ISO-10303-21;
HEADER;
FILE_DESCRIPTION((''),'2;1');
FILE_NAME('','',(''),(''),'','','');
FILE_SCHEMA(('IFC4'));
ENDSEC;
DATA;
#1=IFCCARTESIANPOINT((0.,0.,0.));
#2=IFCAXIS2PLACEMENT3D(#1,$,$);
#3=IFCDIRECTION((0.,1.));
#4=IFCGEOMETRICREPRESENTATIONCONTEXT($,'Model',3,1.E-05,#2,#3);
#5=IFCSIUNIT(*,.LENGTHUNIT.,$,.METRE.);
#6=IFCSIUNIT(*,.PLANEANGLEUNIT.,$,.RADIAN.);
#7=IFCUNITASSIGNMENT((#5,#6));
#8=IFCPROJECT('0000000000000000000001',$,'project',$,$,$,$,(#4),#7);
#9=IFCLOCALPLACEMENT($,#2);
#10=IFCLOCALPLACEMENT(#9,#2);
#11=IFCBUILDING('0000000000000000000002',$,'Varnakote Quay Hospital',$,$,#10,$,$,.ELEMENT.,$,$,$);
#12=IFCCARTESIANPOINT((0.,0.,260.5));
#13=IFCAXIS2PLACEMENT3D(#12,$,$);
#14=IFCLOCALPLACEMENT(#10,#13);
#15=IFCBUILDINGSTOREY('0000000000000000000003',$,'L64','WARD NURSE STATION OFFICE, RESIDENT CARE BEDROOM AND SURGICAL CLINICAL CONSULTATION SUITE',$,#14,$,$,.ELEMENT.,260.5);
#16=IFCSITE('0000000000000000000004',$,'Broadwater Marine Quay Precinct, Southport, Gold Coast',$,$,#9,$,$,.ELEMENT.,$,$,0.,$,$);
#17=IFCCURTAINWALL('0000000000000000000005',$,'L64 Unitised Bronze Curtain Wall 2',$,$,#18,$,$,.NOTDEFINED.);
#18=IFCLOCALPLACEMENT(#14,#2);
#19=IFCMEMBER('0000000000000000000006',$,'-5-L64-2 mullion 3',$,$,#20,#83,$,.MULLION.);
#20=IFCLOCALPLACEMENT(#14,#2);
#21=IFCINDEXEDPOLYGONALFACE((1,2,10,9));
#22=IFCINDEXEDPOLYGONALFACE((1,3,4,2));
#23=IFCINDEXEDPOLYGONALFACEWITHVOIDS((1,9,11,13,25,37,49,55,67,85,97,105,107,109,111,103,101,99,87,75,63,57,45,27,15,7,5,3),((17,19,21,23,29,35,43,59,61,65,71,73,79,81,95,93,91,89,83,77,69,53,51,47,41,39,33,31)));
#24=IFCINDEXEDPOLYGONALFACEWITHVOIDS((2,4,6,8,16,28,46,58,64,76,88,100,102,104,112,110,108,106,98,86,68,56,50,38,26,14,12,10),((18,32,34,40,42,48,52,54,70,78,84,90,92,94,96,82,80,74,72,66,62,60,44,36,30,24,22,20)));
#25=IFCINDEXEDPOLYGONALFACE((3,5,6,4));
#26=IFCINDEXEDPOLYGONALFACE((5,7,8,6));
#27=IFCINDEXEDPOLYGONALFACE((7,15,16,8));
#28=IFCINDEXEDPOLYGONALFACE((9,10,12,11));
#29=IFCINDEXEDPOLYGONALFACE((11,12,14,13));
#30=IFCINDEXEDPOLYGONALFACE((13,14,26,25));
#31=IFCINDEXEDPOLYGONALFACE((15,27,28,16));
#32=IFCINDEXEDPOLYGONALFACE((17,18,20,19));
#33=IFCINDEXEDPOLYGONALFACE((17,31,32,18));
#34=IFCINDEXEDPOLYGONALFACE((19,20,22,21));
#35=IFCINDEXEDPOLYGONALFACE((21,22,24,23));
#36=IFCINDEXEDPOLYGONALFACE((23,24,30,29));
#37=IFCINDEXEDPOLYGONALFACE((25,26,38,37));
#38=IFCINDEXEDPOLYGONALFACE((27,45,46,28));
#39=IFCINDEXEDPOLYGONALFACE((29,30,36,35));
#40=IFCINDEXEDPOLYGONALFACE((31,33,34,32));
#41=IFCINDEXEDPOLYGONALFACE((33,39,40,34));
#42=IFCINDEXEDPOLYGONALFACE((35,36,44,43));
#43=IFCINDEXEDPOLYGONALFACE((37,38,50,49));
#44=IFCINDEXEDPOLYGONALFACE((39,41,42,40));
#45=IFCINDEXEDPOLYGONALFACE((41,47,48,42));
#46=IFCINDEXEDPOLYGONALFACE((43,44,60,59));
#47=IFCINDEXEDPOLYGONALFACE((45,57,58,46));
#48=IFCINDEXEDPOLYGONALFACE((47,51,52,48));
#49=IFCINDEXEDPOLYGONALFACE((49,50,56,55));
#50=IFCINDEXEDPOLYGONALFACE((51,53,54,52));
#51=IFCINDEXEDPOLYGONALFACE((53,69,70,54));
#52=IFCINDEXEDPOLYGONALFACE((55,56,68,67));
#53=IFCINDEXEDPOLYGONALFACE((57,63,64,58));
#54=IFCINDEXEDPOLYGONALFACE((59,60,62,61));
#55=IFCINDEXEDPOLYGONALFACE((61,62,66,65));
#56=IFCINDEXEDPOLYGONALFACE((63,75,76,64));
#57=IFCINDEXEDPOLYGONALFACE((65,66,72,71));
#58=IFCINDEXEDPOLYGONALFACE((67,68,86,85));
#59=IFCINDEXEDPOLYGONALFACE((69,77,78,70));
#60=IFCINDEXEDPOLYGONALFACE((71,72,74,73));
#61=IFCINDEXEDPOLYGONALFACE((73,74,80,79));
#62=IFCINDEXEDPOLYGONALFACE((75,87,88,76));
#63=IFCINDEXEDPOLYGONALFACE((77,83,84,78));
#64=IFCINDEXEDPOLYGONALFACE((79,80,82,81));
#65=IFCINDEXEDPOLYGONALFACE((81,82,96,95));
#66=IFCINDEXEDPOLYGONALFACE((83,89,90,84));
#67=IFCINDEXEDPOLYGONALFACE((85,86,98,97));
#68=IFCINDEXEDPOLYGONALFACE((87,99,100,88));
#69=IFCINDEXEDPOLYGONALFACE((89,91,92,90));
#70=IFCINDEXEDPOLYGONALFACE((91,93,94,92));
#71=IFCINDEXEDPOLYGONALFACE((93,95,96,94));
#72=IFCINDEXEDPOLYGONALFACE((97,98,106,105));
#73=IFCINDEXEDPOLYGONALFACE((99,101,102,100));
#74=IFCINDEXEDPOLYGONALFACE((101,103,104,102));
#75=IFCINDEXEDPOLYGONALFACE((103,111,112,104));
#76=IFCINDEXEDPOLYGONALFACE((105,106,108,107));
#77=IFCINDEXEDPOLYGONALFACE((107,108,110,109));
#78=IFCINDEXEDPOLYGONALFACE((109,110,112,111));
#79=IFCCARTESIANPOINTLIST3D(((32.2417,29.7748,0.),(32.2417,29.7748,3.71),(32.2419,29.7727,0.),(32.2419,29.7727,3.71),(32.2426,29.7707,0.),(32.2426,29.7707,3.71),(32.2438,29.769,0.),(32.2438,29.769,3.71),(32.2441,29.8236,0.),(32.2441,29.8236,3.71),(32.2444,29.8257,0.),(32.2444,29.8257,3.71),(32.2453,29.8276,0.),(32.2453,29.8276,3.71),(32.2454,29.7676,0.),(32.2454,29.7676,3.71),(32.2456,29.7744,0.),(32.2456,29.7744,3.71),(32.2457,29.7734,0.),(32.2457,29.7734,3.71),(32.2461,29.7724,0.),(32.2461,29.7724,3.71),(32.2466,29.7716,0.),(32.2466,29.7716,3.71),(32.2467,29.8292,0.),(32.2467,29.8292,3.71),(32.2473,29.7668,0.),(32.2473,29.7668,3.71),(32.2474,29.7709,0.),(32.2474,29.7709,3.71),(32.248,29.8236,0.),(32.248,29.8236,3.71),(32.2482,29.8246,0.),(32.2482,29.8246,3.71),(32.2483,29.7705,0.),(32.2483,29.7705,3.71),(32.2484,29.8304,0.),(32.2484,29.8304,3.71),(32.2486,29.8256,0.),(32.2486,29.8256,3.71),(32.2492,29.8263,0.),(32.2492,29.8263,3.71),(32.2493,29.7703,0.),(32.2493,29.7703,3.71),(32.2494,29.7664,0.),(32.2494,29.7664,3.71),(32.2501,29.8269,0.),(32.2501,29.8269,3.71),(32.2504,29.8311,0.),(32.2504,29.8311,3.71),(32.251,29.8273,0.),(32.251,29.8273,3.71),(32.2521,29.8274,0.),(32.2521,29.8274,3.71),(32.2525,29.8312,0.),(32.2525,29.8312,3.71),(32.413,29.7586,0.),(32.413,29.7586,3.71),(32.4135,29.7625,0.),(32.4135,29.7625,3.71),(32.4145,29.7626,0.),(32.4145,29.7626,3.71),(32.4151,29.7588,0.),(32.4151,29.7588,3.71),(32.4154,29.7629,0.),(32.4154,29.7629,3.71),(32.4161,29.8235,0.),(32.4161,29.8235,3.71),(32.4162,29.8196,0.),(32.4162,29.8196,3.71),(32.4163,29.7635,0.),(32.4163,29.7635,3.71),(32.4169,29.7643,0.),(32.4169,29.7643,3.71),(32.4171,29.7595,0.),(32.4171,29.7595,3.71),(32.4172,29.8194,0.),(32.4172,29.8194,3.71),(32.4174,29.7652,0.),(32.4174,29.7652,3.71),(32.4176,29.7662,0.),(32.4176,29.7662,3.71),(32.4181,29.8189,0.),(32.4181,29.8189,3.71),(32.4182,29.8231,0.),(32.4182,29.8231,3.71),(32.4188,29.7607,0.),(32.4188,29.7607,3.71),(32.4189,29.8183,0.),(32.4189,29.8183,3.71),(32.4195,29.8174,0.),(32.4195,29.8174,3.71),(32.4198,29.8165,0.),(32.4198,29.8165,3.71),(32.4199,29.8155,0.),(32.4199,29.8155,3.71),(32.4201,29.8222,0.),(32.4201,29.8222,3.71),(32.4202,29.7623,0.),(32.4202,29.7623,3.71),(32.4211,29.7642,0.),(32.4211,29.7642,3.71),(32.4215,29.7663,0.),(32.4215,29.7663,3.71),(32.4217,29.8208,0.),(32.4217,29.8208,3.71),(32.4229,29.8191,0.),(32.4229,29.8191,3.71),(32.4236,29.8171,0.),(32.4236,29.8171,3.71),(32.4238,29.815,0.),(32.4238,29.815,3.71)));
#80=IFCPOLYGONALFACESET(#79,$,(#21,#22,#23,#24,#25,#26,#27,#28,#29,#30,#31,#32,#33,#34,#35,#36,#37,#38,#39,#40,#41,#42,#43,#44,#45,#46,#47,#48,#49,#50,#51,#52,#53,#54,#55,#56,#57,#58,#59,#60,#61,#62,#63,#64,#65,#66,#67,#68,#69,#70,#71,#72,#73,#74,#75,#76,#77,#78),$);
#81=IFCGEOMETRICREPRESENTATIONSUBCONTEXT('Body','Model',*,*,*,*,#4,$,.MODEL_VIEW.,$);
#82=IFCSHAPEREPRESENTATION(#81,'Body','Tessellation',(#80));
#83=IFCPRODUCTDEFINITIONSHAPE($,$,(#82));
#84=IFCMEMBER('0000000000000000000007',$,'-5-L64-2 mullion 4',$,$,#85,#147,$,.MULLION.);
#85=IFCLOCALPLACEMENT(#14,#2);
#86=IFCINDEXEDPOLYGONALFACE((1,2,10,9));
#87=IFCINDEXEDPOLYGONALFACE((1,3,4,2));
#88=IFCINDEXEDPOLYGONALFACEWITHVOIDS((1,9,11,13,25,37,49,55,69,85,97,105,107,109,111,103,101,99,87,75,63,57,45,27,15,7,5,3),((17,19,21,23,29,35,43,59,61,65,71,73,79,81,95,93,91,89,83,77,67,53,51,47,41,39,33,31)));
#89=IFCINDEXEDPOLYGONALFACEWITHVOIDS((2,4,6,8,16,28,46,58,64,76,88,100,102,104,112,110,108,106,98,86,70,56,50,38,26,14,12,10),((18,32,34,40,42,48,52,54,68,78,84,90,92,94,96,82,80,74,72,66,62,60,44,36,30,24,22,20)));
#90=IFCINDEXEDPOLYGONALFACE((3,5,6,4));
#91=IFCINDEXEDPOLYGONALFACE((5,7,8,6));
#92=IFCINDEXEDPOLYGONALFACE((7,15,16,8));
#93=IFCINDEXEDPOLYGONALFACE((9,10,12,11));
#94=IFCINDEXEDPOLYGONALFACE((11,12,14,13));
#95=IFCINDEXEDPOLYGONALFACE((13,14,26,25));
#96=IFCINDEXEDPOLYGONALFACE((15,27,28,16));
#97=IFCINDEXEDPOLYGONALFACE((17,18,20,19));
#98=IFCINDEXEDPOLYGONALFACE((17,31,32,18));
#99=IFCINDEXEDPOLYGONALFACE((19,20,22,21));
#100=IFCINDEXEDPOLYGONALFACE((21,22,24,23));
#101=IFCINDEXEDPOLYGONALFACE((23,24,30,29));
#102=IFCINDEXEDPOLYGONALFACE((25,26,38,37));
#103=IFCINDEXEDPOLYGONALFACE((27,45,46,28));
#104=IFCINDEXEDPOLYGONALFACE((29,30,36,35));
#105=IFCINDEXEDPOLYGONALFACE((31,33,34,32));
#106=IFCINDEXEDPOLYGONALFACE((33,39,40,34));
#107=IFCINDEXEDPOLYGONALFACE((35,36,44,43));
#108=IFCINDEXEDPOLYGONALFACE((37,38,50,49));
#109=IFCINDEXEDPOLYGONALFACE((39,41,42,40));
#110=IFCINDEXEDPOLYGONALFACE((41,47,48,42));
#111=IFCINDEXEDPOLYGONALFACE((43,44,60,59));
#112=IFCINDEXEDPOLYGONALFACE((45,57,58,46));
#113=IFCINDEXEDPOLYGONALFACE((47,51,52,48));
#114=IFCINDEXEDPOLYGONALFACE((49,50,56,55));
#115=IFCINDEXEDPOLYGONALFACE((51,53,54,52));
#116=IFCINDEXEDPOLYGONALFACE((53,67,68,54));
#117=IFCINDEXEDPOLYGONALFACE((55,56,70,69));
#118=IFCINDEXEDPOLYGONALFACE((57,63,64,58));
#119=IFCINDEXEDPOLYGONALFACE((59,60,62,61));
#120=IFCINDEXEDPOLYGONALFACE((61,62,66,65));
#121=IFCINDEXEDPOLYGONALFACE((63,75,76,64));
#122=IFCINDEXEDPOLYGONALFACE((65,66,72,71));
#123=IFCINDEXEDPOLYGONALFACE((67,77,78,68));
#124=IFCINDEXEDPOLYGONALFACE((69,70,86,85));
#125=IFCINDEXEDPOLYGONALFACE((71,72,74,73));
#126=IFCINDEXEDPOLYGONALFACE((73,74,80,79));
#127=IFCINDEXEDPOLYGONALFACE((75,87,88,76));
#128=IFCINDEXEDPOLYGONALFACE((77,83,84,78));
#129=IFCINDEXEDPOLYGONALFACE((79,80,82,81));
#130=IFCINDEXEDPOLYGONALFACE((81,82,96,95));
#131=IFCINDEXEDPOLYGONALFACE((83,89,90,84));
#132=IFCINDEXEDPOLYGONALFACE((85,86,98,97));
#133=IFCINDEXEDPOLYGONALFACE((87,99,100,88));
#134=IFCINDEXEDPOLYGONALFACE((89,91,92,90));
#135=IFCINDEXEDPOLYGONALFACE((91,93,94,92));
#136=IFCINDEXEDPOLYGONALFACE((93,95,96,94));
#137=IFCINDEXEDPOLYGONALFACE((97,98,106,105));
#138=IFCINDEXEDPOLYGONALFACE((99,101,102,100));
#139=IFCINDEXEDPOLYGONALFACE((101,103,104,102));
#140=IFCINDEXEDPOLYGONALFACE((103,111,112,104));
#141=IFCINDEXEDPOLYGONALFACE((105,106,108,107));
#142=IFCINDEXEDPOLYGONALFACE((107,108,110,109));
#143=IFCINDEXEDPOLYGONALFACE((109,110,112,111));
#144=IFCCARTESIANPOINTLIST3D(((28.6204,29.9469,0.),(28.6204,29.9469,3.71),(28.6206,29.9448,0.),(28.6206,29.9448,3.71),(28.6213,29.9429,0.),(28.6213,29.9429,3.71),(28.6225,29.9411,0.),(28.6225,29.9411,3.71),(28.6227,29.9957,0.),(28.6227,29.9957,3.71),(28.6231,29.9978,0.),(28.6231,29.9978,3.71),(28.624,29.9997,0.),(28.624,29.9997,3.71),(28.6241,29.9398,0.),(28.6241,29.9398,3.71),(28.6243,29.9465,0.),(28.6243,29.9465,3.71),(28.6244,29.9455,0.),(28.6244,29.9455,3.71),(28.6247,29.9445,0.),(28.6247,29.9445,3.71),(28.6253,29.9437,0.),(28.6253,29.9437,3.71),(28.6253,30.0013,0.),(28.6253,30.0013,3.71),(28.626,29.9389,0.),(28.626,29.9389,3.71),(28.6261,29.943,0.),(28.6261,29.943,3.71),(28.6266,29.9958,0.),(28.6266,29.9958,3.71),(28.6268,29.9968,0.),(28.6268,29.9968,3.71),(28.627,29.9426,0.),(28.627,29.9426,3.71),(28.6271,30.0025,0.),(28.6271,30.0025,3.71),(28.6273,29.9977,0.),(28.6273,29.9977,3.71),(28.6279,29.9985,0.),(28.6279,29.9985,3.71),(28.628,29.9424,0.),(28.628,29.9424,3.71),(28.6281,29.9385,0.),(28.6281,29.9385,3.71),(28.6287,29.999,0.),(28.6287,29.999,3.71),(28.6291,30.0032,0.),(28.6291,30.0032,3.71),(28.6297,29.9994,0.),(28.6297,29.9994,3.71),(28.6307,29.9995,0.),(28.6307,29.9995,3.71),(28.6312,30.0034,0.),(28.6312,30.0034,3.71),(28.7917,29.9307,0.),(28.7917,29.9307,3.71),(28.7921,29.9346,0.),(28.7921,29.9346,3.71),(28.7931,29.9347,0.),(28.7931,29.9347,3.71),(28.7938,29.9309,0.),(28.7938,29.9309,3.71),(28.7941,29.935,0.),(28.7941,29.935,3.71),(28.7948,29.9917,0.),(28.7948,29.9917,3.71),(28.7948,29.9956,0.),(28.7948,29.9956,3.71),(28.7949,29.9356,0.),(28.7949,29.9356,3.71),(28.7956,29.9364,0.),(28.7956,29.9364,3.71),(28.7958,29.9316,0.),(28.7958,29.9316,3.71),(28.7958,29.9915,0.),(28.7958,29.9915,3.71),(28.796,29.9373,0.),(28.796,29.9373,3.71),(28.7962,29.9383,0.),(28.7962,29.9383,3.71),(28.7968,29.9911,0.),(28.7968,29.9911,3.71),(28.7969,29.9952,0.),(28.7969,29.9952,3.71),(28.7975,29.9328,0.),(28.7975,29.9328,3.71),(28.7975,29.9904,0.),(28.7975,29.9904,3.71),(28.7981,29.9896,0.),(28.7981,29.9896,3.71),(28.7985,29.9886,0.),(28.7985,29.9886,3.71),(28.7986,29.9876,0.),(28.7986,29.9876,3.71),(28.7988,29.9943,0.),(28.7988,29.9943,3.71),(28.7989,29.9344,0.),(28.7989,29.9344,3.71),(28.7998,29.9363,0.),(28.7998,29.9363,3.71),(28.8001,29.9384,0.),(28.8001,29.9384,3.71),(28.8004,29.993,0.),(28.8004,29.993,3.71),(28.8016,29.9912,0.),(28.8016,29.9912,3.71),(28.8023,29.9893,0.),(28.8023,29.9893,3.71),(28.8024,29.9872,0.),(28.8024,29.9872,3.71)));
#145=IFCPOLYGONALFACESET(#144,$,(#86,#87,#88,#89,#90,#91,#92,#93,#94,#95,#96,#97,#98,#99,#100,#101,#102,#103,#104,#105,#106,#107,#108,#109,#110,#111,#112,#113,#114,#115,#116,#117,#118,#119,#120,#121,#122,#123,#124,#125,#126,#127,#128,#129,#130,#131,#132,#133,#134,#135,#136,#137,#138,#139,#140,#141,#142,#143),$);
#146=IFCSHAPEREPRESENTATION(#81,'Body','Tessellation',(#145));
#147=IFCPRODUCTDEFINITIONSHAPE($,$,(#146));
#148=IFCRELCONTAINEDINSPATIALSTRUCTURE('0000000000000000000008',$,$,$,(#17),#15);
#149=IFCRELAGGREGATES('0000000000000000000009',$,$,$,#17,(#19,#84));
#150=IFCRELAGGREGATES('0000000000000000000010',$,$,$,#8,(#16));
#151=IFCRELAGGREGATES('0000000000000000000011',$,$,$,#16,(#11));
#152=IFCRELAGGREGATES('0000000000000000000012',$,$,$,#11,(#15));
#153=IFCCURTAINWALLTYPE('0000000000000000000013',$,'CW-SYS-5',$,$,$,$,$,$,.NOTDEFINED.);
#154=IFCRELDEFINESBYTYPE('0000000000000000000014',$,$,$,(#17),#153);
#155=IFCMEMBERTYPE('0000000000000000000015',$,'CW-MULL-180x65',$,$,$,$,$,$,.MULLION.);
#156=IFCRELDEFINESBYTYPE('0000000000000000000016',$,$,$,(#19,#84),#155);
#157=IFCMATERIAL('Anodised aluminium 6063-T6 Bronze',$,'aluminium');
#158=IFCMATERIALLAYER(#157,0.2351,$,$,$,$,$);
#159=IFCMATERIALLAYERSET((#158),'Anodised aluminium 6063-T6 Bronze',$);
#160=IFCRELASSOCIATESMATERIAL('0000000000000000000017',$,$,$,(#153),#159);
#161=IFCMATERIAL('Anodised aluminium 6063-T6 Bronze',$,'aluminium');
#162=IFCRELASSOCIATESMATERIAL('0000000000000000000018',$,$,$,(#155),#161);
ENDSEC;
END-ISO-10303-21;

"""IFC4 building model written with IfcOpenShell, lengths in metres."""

from ifc_helpers import new_model, si_unit, direction, frame, origin, origin_2d, place, context, subcontext, project, spatial, hollow_rectangle, extrude, material, layer, layer_set, material_profile, profile_set, type_object, element, aggregate, save


model = new_model("IFC4")

# Units and contexts
model_context = context("Model", 3, precision=1e-05, world=origin(), true_north=direction((0.0, 1.0)))
body_context = subcontext(model_context, "Body", "Model", "MODEL_VIEW")
ifc_project = project(units=[si_unit("LENGTHUNIT", "METRE"), si_unit("PLANEANGLEUNIT", "RADIAN")], contexts=[model_context])

# Site, building, storey
site_placement = place(None, origin())
site = spatial("IfcSite", under=ifc_project, at=site_placement, Name="Broadwater Marine Quay Precinct, Southport, Gold Coast", CompositionType="ELEMENT", RefElevation=0.0)
building_placement = place(site_placement, origin())
building = spatial("IfcBuilding", under=site, at=building_placement, Name="Varnakote Quay Hospital", CompositionType="ELEMENT")
storey_placement = place(building_placement, frame((0.0, 0.0, 260.5)))
storey = spatial("IfcBuildingStorey", under=building, at=storey_placement, Name="L64", Description="WARD NURSE STATION OFFICE, RESIDENT CARE BEDROOM AND SURGICAL CLINICAL CONSULTATION SUITE", CompositionType="ELEMENT", Elevation=260.5)

# Curtain wall, members
ifc_material_1 = material(Name="Anodised aluminium 6063-T6 Bronze", Category="aluminium")
ifc_layer_1 = layer(ifc_material_1, 0.2351)
ifc_layer_set_1 = layer_set([ifc_layer_1], Name="Anodised aluminium 6063-T6 Bronze")
curtain_wall_type = type_object("IfcCurtainWallType", Name="CW-SYS-5", PredefinedType="NOTDEFINED", material=ifc_layer_set_1)
curtain_wall_placement = place(storey_placement, origin())
curtain_wall = element("IfcCurtainWall", 1, at=curtain_wall_placement, inside=storey, type_object=curtain_wall_type, Name="L64 Unitised Bronze Curtain Wall 2", PredefinedType="NOTDEFINED")
ifc_material_2 = material(Name="Anodised aluminium 6063-T6 Bronze", Category="aluminium")
ifc_material_profile_1 = material_profile(ifc_material_2, hollow_rectangle(XDim=0.0649, YDim=0.1799, WallThickness=0.0039, InnerFilletRadius=0.0039, OuterFilletRadius=0.0081, at=origin_2d()), Name="CW-MULL-180x65")
ifc_profile_set_1 = profile_set([ifc_material_profile_1], Name="Anodised aluminium 6063-T6 Bronze")
member_type_1 = type_object("IfcMemberType", Name="CW-MULL-180x65", PredefinedType="MULLION", material=ifc_profile_set_1)
member_1_placement = place(storey_placement, frame((32.3328, 29.7949, 0.0), z_axis=(0.0, 0.0, 1.0), x_axis=(-0.047497, -0.998871, 0.0)))
member_1 = element("IfcMember", 2, at=member_1_placement, type_object=member_type_1, Name="-5-L64-2 mullion 3", PredefinedType="MULLION", context=body_context, shape_type="SweptSolid", body=[
    extrude(hollow_rectangle(XDim=0.0649, YDim=0.1799, WallThickness=0.0039, InnerFilletRadius=0.0039, OuterFilletRadius=0.0081, at=origin_2d()), origin(), (0.0, 0.0, 1.0), 3.71),
])
member_2_placement = place(storey_placement, frame((28.7114, 29.967, 0.0), z_axis=(0.0, 0.0, 1.0), x_axis=(-0.047497, -0.998871, 0.0)))
member_2 = element("IfcMember", 3, at=member_2_placement, type_object=member_type_1, Name="-5-L64-2 mullion 4", PredefinedType="MULLION", context=body_context, shape_type="SweptSolid", body=[
    extrude(hollow_rectangle(XDim=0.0649, YDim=0.1799, WallThickness=0.0039, InnerFilletRadius=0.0039, OuterFilletRadius=0.0081, at=origin_2d()), origin(), (0.0, 0.0, 1.0), 3.71),
])

aggregate(curtain_wall, [member_1, member_2])

save(model, "model.ifc")
